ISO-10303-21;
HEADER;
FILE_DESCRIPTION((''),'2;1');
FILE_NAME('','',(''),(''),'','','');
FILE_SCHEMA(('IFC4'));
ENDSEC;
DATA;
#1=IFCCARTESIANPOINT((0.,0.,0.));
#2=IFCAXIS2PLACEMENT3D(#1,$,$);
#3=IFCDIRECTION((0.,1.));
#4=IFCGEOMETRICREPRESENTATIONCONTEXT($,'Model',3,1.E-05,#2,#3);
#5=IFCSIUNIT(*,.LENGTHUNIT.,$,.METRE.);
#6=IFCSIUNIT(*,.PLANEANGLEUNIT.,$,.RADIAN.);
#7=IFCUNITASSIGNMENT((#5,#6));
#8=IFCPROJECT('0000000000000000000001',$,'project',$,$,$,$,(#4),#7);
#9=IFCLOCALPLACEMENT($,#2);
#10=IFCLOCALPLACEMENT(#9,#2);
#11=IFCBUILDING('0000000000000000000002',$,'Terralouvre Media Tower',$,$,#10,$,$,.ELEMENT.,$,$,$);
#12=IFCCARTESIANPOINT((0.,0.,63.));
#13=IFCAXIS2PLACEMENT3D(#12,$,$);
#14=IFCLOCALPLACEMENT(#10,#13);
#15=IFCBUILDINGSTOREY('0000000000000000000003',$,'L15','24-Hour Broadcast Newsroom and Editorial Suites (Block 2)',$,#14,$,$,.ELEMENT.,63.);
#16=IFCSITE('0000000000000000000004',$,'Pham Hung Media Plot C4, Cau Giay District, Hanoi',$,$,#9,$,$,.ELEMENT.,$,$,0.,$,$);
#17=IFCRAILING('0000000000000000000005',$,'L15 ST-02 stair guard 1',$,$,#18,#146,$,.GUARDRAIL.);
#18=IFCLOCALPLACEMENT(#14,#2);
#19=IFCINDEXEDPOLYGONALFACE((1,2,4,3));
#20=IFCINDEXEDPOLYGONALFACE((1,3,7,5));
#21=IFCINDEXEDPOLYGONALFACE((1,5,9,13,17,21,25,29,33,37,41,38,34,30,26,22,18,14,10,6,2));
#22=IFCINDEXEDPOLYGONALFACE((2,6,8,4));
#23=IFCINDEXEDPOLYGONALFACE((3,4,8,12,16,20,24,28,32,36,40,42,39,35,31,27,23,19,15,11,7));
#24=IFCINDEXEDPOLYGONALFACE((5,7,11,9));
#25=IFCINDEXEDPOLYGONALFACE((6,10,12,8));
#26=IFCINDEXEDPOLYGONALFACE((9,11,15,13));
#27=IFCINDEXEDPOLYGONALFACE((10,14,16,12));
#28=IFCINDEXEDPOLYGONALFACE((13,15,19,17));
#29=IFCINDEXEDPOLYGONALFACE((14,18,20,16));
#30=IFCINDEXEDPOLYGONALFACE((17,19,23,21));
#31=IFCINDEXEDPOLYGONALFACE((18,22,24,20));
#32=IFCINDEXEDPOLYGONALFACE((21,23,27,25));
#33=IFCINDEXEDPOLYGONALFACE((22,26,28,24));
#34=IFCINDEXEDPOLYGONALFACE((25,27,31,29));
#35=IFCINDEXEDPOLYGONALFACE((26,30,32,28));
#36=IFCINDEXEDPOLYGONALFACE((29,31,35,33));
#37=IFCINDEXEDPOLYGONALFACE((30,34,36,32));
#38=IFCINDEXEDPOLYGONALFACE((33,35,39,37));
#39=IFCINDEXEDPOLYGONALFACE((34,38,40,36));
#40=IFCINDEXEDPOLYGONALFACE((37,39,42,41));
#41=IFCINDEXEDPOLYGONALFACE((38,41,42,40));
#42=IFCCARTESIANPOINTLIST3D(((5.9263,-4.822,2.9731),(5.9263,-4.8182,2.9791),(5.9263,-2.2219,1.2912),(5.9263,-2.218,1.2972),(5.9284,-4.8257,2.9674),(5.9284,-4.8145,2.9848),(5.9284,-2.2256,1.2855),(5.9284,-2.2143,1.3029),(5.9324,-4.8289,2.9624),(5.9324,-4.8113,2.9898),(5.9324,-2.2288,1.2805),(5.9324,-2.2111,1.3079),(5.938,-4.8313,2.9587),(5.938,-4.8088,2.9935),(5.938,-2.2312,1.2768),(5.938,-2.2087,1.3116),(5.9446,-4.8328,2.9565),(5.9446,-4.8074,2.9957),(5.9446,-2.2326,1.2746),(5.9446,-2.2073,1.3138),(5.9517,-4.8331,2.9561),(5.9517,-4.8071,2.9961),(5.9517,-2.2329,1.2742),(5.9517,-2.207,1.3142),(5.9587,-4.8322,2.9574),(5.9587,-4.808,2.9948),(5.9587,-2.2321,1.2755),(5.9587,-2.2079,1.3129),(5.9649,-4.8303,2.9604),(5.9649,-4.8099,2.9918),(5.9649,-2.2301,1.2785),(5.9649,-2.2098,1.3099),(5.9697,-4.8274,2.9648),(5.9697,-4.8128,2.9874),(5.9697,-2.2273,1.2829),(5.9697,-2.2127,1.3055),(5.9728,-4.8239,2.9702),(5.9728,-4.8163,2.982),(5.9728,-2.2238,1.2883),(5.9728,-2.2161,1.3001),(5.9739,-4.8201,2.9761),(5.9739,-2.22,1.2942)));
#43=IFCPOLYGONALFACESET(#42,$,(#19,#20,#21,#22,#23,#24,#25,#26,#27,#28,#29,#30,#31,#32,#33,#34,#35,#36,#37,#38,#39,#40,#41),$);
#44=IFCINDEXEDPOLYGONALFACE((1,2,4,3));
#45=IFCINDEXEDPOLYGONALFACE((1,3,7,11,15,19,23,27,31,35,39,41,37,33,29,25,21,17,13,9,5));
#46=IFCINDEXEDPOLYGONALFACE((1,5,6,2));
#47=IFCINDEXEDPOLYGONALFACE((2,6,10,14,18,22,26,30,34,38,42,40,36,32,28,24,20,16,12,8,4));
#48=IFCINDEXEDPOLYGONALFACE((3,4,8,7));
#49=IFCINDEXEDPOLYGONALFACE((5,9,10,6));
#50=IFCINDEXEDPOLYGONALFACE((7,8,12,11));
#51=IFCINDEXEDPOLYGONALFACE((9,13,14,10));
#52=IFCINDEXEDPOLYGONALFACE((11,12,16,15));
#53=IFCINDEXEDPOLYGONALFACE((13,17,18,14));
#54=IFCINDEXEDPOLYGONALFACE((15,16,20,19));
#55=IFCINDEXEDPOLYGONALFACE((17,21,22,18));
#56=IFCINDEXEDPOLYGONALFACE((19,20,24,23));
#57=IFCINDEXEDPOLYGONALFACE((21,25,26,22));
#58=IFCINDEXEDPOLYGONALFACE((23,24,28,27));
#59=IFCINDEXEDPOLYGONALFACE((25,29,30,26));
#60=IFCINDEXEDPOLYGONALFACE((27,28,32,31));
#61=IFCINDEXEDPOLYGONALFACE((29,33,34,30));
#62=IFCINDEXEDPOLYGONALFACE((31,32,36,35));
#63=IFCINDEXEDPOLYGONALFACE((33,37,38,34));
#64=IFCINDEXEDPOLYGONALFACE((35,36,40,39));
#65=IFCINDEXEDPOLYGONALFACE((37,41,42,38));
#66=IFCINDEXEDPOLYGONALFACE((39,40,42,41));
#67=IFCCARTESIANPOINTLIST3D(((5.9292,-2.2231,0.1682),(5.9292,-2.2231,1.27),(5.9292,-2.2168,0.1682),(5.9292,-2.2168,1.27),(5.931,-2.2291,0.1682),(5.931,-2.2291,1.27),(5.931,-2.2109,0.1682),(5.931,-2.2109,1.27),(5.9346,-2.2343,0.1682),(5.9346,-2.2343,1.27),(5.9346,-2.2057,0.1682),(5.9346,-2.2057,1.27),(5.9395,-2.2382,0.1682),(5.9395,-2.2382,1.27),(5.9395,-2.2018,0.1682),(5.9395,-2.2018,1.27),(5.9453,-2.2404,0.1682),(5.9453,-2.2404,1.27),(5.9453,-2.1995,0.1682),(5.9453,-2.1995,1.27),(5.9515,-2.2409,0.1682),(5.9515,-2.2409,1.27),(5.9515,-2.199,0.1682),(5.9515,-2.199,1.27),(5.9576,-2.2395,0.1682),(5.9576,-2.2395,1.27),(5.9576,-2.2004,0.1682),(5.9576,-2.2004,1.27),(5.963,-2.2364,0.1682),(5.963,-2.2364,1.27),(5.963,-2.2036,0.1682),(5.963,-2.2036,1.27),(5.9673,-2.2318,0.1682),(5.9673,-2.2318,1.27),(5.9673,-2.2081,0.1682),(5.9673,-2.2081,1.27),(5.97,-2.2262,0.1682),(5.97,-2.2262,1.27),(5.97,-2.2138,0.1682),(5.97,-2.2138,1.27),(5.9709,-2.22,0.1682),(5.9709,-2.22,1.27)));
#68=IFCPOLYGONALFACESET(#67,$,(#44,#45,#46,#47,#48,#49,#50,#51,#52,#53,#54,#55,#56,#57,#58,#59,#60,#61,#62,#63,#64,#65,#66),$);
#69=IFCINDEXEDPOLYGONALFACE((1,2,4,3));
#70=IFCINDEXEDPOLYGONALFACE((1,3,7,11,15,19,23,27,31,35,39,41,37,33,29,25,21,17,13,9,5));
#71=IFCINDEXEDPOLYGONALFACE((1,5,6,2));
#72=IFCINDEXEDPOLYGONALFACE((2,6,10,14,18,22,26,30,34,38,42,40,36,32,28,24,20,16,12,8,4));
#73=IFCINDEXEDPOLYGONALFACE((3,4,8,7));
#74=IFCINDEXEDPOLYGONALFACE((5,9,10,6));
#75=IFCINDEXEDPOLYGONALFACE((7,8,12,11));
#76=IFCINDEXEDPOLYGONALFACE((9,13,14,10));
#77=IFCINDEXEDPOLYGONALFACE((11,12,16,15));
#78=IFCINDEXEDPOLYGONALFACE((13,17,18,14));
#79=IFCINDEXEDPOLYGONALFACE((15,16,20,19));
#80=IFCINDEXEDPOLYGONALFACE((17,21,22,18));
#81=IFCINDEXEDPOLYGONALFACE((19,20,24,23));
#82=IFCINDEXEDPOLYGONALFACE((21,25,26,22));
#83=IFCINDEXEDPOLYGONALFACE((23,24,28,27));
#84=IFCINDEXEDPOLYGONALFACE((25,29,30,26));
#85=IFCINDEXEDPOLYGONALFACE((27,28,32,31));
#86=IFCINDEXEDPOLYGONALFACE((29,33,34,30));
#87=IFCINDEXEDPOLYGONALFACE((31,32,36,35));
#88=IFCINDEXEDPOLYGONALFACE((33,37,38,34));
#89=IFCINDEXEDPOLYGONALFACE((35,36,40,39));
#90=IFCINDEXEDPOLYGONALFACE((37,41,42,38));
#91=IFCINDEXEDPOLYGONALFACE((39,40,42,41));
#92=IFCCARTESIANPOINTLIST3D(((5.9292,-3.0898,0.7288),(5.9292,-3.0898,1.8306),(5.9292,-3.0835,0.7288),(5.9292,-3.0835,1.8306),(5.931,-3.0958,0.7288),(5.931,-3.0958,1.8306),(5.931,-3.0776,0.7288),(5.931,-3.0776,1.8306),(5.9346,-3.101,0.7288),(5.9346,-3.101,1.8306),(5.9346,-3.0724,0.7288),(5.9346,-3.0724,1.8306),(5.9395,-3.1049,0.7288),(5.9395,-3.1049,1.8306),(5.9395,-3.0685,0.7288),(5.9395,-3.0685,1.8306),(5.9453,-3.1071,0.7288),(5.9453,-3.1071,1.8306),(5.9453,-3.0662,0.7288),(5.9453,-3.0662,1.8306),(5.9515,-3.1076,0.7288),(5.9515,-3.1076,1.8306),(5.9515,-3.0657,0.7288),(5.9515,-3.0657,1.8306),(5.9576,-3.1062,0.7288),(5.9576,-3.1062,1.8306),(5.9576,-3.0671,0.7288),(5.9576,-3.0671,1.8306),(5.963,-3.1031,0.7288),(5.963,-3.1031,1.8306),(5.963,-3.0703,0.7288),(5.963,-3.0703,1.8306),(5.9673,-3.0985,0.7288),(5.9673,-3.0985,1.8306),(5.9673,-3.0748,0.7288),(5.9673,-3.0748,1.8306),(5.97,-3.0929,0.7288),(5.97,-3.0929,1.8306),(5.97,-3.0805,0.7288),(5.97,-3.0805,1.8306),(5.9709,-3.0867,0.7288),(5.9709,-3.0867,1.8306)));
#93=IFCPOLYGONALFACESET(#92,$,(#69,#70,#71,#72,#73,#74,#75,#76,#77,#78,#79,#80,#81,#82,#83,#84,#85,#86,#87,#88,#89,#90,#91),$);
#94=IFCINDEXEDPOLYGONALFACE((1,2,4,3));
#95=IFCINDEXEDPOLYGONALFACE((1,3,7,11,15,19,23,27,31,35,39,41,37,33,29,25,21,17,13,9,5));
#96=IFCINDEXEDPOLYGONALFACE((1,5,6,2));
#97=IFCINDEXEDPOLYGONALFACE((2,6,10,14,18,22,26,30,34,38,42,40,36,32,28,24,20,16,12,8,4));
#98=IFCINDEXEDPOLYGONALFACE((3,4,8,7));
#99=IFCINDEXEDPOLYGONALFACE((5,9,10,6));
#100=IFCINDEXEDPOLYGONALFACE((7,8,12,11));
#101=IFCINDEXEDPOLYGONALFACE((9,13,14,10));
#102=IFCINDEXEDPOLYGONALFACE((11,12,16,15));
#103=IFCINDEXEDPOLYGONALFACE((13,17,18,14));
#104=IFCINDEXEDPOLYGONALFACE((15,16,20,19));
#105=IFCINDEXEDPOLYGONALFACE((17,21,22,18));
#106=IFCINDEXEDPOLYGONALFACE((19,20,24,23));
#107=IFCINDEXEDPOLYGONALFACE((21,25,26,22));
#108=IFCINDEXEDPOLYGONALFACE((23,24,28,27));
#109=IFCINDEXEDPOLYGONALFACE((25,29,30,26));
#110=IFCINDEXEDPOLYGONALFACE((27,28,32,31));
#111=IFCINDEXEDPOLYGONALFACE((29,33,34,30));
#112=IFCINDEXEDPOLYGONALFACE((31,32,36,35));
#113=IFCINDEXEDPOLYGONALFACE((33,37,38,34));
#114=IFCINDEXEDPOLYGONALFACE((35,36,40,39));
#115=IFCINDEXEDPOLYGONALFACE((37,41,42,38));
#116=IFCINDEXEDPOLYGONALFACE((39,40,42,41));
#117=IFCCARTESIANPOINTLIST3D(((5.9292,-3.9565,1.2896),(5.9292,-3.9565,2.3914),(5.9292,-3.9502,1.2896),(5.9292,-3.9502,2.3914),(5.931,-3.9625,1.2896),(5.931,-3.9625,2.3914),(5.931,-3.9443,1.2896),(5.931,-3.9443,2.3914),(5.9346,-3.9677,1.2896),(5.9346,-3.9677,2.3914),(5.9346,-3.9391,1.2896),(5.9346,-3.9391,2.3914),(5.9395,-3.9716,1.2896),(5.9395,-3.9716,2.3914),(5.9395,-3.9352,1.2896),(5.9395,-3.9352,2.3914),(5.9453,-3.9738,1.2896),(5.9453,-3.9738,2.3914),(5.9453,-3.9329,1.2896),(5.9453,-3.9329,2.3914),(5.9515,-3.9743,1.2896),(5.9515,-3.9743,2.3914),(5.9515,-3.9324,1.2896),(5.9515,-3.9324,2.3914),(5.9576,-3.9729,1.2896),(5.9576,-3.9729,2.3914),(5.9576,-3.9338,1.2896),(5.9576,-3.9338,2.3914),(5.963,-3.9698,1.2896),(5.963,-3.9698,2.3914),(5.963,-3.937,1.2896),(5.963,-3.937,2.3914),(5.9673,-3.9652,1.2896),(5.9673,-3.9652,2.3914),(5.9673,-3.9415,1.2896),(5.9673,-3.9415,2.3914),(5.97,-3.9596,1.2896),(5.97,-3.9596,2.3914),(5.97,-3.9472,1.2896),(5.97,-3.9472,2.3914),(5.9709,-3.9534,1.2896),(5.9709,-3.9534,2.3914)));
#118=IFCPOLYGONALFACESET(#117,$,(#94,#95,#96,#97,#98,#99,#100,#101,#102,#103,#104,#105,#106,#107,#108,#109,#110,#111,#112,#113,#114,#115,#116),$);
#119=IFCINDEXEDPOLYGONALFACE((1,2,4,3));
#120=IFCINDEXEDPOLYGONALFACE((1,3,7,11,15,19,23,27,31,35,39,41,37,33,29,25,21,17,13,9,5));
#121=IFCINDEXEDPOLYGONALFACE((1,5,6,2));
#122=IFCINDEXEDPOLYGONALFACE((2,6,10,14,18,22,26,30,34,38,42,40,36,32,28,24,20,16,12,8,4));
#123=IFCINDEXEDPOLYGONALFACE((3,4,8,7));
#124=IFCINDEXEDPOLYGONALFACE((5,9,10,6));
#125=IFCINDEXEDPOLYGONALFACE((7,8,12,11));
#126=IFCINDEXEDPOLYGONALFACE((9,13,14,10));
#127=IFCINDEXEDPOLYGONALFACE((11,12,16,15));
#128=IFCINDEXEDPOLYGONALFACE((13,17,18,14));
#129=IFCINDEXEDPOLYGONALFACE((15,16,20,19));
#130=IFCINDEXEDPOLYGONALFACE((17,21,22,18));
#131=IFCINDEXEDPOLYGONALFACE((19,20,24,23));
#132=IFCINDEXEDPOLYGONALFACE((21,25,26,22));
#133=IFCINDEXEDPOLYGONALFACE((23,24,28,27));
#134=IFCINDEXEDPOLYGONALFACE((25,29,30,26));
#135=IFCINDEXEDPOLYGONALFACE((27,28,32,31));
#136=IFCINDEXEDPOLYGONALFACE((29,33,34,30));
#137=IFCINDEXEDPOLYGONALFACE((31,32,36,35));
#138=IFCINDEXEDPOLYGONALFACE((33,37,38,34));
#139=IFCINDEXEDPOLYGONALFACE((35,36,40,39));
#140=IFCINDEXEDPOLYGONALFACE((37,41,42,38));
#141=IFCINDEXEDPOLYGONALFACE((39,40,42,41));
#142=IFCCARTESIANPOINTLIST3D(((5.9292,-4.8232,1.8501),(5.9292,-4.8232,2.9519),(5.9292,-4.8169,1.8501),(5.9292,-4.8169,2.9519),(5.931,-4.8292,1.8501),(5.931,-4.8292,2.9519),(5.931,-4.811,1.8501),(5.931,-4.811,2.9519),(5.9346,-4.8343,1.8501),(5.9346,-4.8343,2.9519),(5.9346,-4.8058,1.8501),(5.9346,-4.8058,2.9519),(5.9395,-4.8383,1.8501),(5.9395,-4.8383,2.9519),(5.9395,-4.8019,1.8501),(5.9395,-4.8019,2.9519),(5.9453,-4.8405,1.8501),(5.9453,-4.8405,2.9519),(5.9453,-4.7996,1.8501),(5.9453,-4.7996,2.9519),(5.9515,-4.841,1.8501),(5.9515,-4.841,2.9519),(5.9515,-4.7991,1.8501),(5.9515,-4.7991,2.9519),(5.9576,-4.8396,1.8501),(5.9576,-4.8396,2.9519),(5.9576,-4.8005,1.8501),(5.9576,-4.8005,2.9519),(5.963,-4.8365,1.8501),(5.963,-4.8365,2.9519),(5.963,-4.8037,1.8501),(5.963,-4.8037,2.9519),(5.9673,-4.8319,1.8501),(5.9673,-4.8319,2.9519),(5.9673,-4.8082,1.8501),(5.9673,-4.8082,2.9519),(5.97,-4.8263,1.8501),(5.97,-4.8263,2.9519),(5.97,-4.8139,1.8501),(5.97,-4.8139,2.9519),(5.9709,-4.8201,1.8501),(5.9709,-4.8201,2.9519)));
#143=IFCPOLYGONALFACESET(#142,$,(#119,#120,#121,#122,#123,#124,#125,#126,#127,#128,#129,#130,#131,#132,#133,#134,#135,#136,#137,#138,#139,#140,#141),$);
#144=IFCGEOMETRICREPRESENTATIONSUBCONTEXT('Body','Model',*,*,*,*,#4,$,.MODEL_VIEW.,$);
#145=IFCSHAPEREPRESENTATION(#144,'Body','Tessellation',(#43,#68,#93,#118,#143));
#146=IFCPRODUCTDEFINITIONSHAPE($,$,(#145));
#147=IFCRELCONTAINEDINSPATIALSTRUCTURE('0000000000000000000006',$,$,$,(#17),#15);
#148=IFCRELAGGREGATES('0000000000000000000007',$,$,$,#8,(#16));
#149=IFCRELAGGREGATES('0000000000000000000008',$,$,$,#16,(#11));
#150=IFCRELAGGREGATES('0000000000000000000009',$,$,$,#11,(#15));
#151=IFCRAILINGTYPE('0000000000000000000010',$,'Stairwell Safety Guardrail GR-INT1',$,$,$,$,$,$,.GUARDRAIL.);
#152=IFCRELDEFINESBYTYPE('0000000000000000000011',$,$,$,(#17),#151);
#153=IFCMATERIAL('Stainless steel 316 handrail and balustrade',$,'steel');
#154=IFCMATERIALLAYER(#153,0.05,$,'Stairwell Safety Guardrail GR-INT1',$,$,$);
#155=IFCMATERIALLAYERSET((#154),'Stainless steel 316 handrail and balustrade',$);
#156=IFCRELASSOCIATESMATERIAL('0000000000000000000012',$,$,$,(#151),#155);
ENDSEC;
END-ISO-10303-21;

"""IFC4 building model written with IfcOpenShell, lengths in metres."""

from ifc_helpers import new_model, si_unit, direction, frame, origin, origin_2d, place, context, subcontext, project, spatial, circle, extrude, material, layer, layer_set, type_object, element, save


model = new_model("IFC4")

# Units and contexts
model_context = context("Model", 3, precision=1e-05, world=origin(), true_north=direction((0.0, 1.0)))
body_context = subcontext(model_context, "Body", "Model", "MODEL_VIEW")
ifc_project = project(units=[si_unit("LENGTHUNIT", "METRE"), si_unit("PLANEANGLEUNIT", "RADIAN")], contexts=[model_context])

# Site, building, storey
site_placement = place(None, origin())
site = spatial("IfcSite", under=ifc_project, at=site_placement, Name="Pham Hung Media Plot C4, Cau Giay District, Hanoi", CompositionType="ELEMENT", RefElevation=0.0)
building_placement = place(site_placement, origin())
building = spatial("IfcBuilding", under=site, at=building_placement, Name="Terralouvre Media Tower", CompositionType="ELEMENT")
storey_placement = place(building_placement, frame((0.0, 0.0, 63.0)))
storey = spatial("IfcBuildingStorey", under=building, at=storey_placement, Name="L15", Description="24-Hour Broadcast Newsroom and Editorial Suites (Block 2)", CompositionType="ELEMENT", Elevation=63.0)

# Railing
ifc_material_1 = material(Name="Stainless steel 316 handrail and balustrade", Category="steel")
ifc_layer_1 = layer(ifc_material_1, 0.05, Name="Stairwell Safety Guardrail GR-INT1")
ifc_layer_set_1 = layer_set([ifc_layer_1], Name="Stainless steel 316 handrail and balustrade")
railing_type_1 = type_object("IfcRailingType", Name="Stairwell Safety Guardrail GR-INT1", PredefinedType="GUARDRAIL", material=ifc_layer_set_1)
railing_1_placement = place(storey_placement, frame((5.95, -2.22, 0.1682)))
element("IfcRailing", 1, at=railing_1_placement, inside=storey, type_object=railing_type_1, Name="L15 ST-02 stair guard 1", PredefinedType="GUARDRAIL", context=body_context, shape_type="SweptSolid", body=[
    extrude(circle(Radius=0.0239, at=origin_2d()), frame((0.0, 0.0, 1.126), z_axis=(0.0, -0.839648, 0.54313), x_axis=(1.0, 0.0, 0.0)), (0.0, 0.0, 1.0), 3.0967),
    extrude(circle(Radius=0.021, at=origin_2d()), origin(), (0.0, 0.0, 1.0), 1.1018),
    extrude(circle(Radius=0.021, at=origin_2d()), frame((0.0, -0.8667, 0.5605)), (0.0, 0.0, 1.0), 1.1018),
    extrude(circle(Radius=0.021, at=origin_2d()), frame((0.0, -1.7334, 1.1213)), (0.0, 0.0, 1.0), 1.1018),
    extrude(circle(Radius=0.021, at=origin_2d()), frame((0.0, -2.6001, 1.6819)), (0.0, 0.0, 1.0), 1.1018),
])

save(model, "model.ifc")
